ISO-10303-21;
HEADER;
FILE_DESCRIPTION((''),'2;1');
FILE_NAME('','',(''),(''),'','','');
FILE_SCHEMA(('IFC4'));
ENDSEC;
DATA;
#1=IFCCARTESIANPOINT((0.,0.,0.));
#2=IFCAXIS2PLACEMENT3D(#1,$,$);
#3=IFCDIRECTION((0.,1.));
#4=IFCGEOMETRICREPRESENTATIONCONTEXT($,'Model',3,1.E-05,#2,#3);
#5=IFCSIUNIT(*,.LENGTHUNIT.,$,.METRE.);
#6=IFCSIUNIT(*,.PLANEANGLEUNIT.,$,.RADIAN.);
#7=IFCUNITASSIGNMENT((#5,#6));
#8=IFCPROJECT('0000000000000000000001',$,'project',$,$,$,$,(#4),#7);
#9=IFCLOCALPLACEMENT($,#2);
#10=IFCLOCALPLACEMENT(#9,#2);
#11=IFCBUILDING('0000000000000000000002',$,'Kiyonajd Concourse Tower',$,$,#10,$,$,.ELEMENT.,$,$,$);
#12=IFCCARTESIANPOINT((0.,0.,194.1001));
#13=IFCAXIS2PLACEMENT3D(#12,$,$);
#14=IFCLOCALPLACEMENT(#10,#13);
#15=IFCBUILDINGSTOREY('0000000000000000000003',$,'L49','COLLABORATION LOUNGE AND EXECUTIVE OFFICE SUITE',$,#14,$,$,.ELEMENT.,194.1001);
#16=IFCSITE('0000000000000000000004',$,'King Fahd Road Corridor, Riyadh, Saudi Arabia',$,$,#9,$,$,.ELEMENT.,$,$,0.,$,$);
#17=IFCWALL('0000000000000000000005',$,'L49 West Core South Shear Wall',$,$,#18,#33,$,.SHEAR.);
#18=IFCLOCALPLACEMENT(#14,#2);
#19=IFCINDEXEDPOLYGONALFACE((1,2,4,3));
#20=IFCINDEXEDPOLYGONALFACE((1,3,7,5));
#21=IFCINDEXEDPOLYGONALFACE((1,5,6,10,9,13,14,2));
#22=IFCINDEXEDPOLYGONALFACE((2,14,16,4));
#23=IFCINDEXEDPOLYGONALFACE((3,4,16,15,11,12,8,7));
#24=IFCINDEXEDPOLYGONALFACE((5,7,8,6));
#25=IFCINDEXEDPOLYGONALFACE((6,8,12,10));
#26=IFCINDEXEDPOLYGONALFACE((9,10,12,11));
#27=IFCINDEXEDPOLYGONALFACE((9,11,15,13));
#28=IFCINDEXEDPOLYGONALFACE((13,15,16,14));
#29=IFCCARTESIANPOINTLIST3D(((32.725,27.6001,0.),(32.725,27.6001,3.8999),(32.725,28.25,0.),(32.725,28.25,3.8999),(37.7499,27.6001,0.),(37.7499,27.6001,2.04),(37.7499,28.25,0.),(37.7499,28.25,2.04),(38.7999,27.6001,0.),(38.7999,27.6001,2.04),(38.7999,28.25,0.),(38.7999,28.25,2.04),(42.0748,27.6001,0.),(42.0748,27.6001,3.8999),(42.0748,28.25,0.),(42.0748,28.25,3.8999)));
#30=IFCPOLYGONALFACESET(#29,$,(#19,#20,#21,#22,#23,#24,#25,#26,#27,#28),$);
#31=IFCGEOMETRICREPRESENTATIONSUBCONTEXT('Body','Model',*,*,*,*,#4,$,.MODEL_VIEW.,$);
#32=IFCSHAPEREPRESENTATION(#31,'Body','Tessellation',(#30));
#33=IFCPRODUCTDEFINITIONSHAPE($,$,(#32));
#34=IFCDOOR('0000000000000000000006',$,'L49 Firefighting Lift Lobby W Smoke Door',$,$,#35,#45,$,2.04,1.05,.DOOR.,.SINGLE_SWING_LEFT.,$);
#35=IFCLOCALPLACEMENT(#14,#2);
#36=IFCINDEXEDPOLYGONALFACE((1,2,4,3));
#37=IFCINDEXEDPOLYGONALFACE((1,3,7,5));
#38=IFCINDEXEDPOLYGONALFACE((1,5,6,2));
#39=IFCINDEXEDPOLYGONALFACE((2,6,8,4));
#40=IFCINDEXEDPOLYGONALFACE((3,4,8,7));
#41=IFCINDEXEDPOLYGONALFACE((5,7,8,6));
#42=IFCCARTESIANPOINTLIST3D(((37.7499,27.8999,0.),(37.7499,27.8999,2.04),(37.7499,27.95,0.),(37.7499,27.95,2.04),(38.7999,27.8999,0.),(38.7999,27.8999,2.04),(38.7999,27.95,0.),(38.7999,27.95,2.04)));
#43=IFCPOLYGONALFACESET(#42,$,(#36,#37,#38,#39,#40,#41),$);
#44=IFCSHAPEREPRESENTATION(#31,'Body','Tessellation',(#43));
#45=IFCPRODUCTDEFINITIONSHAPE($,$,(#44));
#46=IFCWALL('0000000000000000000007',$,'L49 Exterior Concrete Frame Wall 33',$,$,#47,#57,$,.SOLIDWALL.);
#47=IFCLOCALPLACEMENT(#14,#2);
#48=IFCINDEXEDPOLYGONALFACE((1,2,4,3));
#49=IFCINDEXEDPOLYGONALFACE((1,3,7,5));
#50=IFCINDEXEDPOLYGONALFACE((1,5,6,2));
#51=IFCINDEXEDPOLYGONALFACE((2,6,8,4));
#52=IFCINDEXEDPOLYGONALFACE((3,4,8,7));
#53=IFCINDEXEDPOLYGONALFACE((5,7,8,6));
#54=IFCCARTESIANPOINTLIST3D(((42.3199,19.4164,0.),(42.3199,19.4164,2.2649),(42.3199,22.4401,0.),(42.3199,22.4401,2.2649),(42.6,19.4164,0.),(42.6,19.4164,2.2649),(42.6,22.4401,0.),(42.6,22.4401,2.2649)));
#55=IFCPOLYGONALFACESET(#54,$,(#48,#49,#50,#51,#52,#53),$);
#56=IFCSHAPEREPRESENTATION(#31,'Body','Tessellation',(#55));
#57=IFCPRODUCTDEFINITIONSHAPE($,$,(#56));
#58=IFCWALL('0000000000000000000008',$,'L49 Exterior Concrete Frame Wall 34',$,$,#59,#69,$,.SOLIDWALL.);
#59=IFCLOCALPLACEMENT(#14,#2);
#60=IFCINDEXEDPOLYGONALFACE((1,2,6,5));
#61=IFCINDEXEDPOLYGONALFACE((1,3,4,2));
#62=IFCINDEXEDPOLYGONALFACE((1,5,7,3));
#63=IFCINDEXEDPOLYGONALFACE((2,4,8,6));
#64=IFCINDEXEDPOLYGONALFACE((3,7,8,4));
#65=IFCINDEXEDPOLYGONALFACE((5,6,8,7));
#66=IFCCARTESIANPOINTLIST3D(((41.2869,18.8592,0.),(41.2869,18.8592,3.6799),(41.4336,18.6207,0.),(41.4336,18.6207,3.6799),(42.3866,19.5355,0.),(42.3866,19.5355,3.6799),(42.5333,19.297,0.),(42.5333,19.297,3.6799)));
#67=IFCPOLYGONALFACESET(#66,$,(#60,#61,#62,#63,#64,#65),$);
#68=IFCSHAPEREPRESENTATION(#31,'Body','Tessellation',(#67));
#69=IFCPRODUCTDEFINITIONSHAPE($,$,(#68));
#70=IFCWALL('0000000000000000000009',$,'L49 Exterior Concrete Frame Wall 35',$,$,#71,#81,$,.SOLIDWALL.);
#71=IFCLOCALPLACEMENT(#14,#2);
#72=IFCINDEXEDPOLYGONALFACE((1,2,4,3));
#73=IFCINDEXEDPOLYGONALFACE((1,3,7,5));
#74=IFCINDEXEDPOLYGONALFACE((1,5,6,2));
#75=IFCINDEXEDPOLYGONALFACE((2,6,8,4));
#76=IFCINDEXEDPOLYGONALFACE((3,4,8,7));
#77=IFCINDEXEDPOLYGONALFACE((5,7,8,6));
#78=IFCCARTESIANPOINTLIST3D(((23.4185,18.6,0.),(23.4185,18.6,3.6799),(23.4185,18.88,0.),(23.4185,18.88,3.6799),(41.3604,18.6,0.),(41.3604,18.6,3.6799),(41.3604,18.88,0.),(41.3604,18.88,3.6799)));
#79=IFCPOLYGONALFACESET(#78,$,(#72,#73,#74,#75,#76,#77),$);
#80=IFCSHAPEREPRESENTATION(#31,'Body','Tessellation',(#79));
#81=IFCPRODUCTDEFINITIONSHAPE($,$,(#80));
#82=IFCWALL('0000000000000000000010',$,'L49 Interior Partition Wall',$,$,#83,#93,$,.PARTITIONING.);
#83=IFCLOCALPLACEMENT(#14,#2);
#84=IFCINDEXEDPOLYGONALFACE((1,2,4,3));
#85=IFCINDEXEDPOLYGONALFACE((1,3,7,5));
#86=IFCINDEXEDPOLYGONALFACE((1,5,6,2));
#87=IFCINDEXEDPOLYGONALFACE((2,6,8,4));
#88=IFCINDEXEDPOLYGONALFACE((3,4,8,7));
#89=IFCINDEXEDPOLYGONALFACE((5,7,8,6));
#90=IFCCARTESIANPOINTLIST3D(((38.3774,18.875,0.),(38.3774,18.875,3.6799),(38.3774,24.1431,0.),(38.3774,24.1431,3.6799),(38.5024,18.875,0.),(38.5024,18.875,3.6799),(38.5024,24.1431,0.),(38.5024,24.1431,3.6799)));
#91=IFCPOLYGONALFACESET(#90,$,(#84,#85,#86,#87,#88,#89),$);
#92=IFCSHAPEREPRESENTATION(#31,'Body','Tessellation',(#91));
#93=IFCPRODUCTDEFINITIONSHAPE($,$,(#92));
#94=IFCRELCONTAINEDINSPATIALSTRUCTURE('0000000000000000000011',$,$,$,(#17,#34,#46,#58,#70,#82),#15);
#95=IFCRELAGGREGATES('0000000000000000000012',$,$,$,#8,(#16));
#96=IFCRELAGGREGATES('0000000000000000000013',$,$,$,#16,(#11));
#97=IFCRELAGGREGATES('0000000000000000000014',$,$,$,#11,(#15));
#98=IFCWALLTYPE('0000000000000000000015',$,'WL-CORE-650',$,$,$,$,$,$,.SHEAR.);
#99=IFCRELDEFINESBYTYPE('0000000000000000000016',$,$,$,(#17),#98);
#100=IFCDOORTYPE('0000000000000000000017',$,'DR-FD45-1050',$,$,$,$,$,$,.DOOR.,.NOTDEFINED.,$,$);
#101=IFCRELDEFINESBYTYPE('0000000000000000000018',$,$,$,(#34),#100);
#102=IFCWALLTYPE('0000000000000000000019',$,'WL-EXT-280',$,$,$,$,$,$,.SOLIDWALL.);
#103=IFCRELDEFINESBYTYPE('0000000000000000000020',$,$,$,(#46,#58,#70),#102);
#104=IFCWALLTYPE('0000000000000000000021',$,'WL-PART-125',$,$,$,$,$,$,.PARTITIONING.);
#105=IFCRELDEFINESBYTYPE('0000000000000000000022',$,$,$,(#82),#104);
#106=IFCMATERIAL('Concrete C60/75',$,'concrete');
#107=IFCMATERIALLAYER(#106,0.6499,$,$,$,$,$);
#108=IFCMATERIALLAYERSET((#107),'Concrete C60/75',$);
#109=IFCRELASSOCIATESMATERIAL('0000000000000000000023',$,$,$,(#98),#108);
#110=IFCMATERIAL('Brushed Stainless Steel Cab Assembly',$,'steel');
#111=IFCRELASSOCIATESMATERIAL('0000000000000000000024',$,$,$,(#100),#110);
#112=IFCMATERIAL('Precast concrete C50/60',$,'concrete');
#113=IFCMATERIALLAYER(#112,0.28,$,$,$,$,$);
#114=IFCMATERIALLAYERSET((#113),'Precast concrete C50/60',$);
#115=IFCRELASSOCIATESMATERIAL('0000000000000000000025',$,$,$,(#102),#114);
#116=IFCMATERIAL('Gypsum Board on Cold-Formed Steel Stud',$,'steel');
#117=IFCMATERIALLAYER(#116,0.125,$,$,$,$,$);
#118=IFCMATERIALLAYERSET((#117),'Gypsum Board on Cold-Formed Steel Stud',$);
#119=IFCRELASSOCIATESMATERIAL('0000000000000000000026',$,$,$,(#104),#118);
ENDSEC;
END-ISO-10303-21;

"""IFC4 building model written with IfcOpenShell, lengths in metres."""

from ifc_helpers import new_model, si_unit, direction, frame, frame_2d, origin, place, context, subcontext, project, spatial, rectangle, extrude, material, layer, layer_set, type_object, element, fill, save


model = new_model("IFC4")

# Units and contexts
model_context = context("Model", 3, precision=1e-05, world=origin(), true_north=direction((0.0, 1.0)))
body_context = subcontext(model_context, "Body", "Model", "MODEL_VIEW")
ifc_project = project(units=[si_unit("LENGTHUNIT", "METRE"), si_unit("PLANEANGLEUNIT", "RADIAN")], contexts=[model_context])

# Site, building, storey
site_placement = place(None, origin())
site = spatial("IfcSite", under=ifc_project, at=site_placement, Name="King Fahd Road Corridor, Riyadh, Saudi Arabia", CompositionType="ELEMENT", RefElevation=0.0)
building_placement = place(site_placement, origin())
building = spatial("IfcBuilding", under=site, at=building_placement, Name="Kiyonajd Concourse Tower", CompositionType="ELEMENT")
storey_placement = place(building_placement, frame((0.0, 0.0, 194.1001)))
storey = spatial("IfcBuildingStorey", under=building, at=storey_placement, Name="L49", Description="COLLABORATION LOUNGE AND EXECUTIVE OFFICE SUITE", CompositionType="ELEMENT", Elevation=194.1001)

# Shared definitions
ifc_material_1 = material(Name="Concrete C60/75", Category="concrete")

# Shared definitions
ifc_layer_1 = layer(ifc_material_1, 0.6499)
ifc_layer_set_1 = layer_set([ifc_layer_1], Name="Concrete C60/75")
wall_type_1 = type_object("IfcWallType", Name="WL-CORE-650", PredefinedType="SHEAR", material=ifc_layer_set_1)

# Wall, opening, door
wall_1_placement = place(storey_placement, frame((32.7251, 27.925, 0.0), z_axis=(0.0, 0.0, 1.0), x_axis=(1.0, 0.0, 0.0)))
wall_1 = element("IfcWall", 1, at=wall_1_placement, inside=storey, type_object=wall_type_1, Name="L49 West Core South Shear Wall", PredefinedType="SHEAR", context=body_context, shape_type="SweptSolid", body=[
    extrude(rectangle(XDim=9.3499, YDim=0.6499, at=frame_2d((4.6748, 0.0))), origin(), (0.0, 0.0, 1.0), 3.8999),
])
opening_1_placement = place(wall_1_placement, frame((5.0249, 0.0, 0.0)))
opening_1 = element("IfcOpeningElement", 2, at=opening_1_placement, cuts=wall_1, PredefinedType="OPENING", context=body_context, shape_type="SweptSolid", body=[
    extrude(rectangle(XDim=1.05, YDim=2.04, at=frame_2d((0.5249, 1.02))), frame((0.0, 0.335, 0.0), z_axis=(0.0, -1.0, 0.0), x_axis=(1.0, 0.0, 0.0)), (0.0, 0.0, 1.0), 0.6699),
])
ifc_material_2 = material(Name="Brushed Stainless Steel Cab Assembly", Category="steel")
door_type_1 = type_object("IfcDoorType", Name="DR-FD45-1050", OperationType="NOTDEFINED", PredefinedType="DOOR", material=ifc_material_2)
door_1_placement = place(opening_1_placement, origin())
door_1 = element("IfcDoor", 3, at=door_1_placement, inside=storey, type_object=door_type_1, Name="L49 Firefighting Lift Lobby W Smoke Door", OperationType="SINGLE_SWING_LEFT", OverallHeight=2.04, OverallWidth=1.05, PredefinedType="DOOR", context=body_context, shape_type="SweptSolid", body=[
    extrude(rectangle(XDim=1.05, YDim=2.04, at=frame_2d((0.5249, 1.02))), frame((0.0, 0.0249, 0.0), z_axis=(0.0, -1.0, 0.0), x_axis=(1.0, 0.0, 0.0)), (0.0, 0.0, 1.0), 0.05),
])
fill(opening_1, door_1)

# Walls
ifc_material_3 = material(Name="Precast concrete C50/60", Category="concrete")
ifc_layer_2 = layer(ifc_material_3, 0.28)
ifc_layer_set_2 = layer_set([ifc_layer_2], Name="Precast concrete C50/60")
wall_type_2 = type_object("IfcWallType", Name="WL-EXT-280", PredefinedType="SOLIDWALL", material=ifc_layer_set_2)
wall_2_placement = place(storey_placement, frame((42.46, 22.4399, 0.0), z_axis=(0.0, 0.0, 1.0), x_axis=(0.0, -1.0, 0.0)))
element("IfcWall", 4, at=wall_2_placement, inside=storey, type_object=wall_type_2, Name="L49 Exterior Concrete Frame Wall 33", PredefinedType="SOLIDWALL", context=body_context, shape_type="SweptSolid", body=[
    extrude(rectangle(XDim=3.0237, YDim=0.28, at=frame_2d((1.5117, 0.0))), origin(), (0.0, 0.0, 1.0), 2.2649),
])
wall_3_placement = place(storey_placement, frame((42.46, 19.4163, 0.0), z_axis=(0.0, 0.0, 1.0), x_axis=(-0.851801, -0.523865, 0.0)))
element("IfcWall", 5, at=wall_3_placement, inside=storey, type_object=wall_type_2, Name="L49 Exterior Concrete Frame Wall 34", PredefinedType="SOLIDWALL", context=body_context, shape_type="SweptSolid", body=[
    extrude(rectangle(XDim=1.291, YDim=0.28, at=frame_2d((0.6455, 0.0))), origin(), (0.0, 0.0, 1.0), 3.6799),
])
wall_4_placement = place(storey_placement, frame((41.3604, 18.74, 0.0), z_axis=(0.0, 0.0, 1.0), x_axis=(-1.0, 0.0, 0.0)))
element("IfcWall", 6, at=wall_4_placement, inside=storey, type_object=wall_type_2, Name="L49 Exterior Concrete Frame Wall 35", PredefinedType="SOLIDWALL", context=body_context, shape_type="SweptSolid", body=[
    extrude(rectangle(XDim=17.9419, YDim=0.28, at=frame_2d((8.9709, 0.0))), origin(), (0.0, 0.0, 1.0), 3.6799),
])
ifc_material_4 = material(Name="Gypsum Board on Cold-Formed Steel Stud", Category="steel")
ifc_layer_3 = layer(ifc_material_4, 0.125)
ifc_layer_set_3 = layer_set([ifc_layer_3], Name="Gypsum Board on Cold-Formed Steel Stud")
wall_type_3 = type_object("IfcWallType", Name="WL-PART-125", PredefinedType="PARTITIONING", material=ifc_layer_set_3)
wall_5_placement = place(storey_placement, frame((38.4399, 18.875, 0.0), z_axis=(0.0, 0.0, 1.0), x_axis=(0.0, 1.0, 0.0)))
element("IfcWall", 7, at=wall_5_placement, inside=storey, type_object=wall_type_3, Name="L49 Interior Partition Wall", PredefinedType="PARTITIONING", context=body_context, shape_type="SweptSolid", body=[
    extrude(rectangle(XDim=5.2681, YDim=0.125, at=frame_2d((2.634, 0.0))), origin(), (0.0, 0.0, 1.0), 3.6799),
])

save(model, "model.ifc")
